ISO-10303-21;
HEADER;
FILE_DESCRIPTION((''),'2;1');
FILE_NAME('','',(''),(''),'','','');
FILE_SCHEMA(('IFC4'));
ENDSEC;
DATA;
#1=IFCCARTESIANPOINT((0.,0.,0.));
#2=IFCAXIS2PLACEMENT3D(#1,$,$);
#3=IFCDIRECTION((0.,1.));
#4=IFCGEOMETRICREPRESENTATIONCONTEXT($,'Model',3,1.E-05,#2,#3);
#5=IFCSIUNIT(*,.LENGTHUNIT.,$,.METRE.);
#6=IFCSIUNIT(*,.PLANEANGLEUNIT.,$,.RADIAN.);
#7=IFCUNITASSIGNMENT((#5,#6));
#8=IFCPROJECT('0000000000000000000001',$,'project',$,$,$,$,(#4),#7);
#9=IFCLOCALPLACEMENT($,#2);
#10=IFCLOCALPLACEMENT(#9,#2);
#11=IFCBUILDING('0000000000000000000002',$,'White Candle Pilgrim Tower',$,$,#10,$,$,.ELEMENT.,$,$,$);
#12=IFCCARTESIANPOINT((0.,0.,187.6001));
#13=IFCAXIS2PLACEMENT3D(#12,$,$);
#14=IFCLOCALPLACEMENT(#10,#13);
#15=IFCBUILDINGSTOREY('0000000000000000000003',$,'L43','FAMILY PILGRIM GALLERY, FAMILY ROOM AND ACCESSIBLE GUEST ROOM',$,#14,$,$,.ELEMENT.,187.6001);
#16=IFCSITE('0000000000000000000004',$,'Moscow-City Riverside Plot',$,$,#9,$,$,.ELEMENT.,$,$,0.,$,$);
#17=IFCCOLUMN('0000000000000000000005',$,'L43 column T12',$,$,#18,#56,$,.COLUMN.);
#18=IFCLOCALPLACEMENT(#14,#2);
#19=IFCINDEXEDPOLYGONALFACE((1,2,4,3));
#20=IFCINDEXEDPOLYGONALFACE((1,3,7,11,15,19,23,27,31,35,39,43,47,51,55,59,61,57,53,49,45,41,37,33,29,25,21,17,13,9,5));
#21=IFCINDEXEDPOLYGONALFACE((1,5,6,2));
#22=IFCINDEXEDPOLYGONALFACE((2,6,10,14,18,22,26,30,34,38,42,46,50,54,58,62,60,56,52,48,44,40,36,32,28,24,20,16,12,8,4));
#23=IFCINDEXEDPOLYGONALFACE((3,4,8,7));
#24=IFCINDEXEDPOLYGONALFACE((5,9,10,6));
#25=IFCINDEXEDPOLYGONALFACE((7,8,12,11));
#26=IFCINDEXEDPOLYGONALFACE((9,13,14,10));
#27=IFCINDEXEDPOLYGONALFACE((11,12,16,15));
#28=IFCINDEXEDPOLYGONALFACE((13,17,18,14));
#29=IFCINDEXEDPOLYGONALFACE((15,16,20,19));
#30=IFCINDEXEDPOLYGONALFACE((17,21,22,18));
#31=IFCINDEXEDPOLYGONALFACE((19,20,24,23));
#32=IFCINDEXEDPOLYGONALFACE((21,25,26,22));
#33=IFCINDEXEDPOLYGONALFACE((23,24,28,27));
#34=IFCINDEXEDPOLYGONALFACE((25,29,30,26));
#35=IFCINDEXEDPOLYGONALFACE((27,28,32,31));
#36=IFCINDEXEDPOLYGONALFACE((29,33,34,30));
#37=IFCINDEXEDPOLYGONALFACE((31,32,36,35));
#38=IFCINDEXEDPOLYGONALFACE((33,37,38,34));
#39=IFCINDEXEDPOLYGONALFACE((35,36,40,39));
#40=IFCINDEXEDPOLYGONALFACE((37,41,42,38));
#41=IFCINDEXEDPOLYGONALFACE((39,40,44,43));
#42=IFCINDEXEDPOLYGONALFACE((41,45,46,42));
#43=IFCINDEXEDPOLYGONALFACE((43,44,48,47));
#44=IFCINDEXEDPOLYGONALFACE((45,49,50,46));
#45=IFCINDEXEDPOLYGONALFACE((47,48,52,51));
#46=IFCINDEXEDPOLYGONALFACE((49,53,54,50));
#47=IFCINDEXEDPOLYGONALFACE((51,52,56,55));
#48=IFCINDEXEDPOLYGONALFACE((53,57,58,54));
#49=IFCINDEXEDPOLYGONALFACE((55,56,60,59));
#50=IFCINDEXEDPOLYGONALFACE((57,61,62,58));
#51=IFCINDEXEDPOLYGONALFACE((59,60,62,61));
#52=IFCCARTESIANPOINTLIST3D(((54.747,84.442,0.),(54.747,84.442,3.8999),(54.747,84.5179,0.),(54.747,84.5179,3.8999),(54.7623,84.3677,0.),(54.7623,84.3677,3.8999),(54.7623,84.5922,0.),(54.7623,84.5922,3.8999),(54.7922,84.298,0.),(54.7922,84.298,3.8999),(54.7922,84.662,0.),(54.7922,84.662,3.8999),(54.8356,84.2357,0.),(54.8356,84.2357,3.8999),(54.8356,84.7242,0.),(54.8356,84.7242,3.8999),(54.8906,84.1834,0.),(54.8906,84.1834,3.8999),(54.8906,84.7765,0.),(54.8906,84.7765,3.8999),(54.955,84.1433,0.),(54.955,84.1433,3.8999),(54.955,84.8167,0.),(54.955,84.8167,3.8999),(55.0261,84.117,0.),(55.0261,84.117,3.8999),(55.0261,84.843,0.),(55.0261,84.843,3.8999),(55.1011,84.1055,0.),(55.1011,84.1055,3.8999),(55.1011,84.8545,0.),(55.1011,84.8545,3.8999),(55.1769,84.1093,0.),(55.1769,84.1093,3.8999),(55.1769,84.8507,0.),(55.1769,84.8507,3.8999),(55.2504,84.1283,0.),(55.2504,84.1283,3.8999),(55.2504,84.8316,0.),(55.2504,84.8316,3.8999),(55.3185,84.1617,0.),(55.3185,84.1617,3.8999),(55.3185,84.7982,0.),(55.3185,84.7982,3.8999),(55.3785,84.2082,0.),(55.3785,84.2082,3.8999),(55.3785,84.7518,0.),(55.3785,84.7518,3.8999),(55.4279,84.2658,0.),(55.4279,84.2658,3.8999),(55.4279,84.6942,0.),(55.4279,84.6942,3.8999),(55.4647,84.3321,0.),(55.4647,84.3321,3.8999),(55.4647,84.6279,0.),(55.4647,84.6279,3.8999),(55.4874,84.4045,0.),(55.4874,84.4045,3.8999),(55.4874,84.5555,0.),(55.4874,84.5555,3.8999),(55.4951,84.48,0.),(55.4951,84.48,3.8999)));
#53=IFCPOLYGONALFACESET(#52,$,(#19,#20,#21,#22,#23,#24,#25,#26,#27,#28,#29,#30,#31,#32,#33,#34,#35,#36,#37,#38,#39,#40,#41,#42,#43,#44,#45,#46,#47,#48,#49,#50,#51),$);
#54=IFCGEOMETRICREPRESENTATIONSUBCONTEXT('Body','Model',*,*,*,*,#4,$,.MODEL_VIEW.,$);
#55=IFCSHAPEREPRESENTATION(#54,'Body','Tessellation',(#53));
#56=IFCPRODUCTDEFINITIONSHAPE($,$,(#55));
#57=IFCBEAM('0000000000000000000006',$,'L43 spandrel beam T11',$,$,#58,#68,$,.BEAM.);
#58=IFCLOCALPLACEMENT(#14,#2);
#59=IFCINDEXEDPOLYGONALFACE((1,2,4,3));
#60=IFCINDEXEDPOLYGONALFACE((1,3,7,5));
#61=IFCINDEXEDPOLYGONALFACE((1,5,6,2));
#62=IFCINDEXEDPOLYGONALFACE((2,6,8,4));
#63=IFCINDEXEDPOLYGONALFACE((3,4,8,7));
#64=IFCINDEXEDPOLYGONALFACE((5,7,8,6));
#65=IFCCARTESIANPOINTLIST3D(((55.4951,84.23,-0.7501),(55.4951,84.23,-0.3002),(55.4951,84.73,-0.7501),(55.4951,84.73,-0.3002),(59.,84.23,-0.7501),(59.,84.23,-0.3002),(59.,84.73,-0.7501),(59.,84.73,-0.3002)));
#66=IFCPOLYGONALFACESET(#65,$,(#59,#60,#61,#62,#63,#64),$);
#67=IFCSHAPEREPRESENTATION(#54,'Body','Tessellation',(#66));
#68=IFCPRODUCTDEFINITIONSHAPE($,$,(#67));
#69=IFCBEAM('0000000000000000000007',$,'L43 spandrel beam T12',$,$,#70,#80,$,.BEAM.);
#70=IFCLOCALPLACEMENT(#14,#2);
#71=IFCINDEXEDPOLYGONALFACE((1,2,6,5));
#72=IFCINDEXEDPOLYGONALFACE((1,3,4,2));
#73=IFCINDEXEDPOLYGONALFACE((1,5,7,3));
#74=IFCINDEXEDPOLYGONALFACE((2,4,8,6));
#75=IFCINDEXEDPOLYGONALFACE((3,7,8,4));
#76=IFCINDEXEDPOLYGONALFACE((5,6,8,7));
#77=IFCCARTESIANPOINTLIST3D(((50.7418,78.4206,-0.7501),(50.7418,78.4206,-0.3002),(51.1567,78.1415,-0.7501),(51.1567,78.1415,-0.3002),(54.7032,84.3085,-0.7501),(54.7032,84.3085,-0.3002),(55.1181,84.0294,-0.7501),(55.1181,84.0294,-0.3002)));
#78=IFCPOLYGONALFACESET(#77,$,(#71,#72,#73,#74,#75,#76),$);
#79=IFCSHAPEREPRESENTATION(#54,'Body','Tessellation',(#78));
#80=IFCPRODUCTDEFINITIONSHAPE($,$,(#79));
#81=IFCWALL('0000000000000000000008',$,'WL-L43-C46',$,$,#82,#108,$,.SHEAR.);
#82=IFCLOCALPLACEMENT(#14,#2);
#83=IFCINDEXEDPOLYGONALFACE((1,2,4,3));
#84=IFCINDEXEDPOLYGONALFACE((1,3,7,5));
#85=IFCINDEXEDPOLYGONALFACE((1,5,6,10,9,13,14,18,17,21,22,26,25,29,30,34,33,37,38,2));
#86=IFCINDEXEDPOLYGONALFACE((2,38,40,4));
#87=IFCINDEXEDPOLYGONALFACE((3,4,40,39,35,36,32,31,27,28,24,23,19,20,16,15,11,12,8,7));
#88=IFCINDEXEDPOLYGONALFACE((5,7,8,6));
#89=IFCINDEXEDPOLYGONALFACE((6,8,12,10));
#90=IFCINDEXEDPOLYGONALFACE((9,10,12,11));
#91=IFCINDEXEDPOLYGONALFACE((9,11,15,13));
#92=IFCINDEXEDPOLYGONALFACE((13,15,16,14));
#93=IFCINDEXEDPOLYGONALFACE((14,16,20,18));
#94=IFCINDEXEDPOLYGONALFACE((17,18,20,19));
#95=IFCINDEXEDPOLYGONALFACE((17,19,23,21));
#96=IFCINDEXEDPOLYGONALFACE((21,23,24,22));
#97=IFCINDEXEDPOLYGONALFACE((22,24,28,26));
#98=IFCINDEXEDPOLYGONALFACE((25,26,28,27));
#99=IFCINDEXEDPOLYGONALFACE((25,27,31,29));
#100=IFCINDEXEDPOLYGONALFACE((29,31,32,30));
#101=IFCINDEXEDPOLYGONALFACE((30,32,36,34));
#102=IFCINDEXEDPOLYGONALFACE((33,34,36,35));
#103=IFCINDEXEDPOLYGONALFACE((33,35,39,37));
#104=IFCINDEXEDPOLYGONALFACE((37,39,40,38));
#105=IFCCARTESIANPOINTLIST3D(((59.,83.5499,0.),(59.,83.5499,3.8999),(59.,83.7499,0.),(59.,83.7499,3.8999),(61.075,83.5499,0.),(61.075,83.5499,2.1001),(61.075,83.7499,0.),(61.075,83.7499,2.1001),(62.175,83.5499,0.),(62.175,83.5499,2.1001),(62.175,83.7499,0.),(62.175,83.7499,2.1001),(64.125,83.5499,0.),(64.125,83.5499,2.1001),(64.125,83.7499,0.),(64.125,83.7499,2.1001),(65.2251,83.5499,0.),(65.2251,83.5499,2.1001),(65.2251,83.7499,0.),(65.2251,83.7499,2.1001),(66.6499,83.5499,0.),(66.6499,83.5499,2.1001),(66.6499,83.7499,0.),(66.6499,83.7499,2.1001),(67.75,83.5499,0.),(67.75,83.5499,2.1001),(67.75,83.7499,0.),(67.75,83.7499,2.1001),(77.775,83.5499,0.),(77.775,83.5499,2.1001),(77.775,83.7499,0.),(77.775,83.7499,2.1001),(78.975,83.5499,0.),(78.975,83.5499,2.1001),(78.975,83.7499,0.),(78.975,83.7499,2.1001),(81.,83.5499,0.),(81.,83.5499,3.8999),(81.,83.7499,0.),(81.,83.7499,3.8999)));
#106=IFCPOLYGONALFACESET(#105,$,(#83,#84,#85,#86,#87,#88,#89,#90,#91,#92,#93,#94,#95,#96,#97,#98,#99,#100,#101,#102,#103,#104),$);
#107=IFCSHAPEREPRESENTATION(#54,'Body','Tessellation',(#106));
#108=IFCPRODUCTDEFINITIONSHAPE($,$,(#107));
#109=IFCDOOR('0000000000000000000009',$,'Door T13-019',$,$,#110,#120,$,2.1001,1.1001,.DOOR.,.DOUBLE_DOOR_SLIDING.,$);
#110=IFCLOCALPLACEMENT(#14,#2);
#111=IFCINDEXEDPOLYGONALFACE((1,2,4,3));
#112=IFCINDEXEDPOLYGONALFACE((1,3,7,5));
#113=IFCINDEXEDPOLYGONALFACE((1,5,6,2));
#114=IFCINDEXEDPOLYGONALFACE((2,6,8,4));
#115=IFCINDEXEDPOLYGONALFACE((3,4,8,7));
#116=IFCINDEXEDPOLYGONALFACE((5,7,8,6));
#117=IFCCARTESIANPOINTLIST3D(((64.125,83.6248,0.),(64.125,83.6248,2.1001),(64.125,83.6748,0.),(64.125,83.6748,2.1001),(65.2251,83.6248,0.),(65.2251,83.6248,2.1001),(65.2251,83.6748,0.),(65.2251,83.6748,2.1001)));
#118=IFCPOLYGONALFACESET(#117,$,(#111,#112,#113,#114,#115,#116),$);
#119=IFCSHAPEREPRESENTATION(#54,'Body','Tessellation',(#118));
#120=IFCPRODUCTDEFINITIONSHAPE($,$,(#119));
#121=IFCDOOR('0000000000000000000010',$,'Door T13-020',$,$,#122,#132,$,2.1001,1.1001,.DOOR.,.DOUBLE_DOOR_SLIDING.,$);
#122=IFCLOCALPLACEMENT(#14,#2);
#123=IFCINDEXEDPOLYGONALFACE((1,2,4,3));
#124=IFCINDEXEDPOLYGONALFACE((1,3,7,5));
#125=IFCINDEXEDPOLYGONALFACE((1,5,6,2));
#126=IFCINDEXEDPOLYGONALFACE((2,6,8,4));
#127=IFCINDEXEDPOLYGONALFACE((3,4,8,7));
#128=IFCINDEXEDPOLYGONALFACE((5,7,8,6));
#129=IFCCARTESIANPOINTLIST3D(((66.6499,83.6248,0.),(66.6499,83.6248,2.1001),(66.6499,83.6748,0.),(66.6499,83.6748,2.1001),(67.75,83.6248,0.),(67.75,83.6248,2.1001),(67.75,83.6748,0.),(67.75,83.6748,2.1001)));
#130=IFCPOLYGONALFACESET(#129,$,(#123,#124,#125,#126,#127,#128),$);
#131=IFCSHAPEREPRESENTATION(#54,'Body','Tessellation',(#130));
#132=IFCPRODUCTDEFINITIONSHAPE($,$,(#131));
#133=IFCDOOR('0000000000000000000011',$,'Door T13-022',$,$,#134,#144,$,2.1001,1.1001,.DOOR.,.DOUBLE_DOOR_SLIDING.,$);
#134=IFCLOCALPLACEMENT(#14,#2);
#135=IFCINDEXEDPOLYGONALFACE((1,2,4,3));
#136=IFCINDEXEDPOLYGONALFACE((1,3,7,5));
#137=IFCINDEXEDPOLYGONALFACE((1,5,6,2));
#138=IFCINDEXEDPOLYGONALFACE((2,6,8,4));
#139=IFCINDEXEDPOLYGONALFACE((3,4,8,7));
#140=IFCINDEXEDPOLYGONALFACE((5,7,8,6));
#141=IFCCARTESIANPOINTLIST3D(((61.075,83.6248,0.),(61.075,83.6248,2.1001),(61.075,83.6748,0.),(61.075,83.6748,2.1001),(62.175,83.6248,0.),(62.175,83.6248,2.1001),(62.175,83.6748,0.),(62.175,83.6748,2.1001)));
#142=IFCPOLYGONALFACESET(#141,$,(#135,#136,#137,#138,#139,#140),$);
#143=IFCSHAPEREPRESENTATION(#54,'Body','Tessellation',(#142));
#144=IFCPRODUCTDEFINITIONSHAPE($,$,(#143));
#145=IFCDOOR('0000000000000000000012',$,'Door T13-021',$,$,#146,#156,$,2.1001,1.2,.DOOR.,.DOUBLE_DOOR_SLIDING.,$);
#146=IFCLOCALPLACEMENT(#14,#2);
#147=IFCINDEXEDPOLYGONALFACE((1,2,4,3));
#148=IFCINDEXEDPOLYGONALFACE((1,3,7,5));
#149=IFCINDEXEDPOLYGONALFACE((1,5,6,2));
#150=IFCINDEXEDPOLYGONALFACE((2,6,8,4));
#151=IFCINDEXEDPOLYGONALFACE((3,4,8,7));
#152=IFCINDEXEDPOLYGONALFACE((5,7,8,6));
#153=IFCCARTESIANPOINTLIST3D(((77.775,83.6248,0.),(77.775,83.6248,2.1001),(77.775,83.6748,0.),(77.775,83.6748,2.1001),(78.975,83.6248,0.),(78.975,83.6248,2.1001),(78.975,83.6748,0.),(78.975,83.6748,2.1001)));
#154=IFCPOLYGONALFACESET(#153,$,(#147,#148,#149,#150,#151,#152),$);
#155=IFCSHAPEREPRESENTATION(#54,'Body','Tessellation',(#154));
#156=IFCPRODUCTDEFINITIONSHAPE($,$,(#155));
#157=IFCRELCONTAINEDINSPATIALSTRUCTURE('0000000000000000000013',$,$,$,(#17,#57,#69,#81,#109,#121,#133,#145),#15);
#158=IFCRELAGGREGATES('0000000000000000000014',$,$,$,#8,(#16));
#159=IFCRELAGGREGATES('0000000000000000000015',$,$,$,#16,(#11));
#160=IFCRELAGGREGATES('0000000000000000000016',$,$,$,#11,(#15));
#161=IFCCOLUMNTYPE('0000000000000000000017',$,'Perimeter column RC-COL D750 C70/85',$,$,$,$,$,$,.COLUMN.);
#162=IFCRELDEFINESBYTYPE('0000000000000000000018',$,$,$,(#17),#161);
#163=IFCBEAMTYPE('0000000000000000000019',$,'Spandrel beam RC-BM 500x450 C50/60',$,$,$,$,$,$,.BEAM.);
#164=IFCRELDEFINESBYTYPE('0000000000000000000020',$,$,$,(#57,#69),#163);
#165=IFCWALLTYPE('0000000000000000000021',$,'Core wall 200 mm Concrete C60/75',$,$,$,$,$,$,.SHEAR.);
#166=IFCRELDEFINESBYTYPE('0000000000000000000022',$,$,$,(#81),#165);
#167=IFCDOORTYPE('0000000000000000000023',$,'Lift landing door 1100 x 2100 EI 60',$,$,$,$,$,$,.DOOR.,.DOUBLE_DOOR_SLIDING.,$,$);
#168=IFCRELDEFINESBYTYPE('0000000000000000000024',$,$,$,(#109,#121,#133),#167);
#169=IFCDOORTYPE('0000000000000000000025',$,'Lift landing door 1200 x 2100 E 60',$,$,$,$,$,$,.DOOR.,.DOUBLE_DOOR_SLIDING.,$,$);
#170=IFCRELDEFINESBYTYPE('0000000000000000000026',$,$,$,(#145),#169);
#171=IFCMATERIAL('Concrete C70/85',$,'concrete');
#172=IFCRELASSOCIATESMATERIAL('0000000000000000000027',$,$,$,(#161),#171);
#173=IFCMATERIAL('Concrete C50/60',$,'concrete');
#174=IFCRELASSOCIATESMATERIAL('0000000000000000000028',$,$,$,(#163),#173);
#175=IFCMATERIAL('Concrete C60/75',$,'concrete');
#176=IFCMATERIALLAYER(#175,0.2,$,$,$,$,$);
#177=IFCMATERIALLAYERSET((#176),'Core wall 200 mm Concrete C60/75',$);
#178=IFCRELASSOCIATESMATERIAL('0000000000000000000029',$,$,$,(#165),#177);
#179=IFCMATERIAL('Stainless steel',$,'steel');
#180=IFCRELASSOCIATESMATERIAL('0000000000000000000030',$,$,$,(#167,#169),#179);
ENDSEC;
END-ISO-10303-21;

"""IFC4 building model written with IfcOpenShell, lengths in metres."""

from ifc_helpers import new_model, si_unit, direction, frame, frame_2d, origin, origin_2d, place, context, subcontext, project, spatial, rectangle, circle, extrude, material, layer, layer_set, material_profile, profile_set, type_object, element, fill, save


model = new_model("IFC4")

# Units and contexts
model_context = context("Model", 3, precision=1e-05, world=origin(), true_north=direction((0.0, 1.0)))
body_context = subcontext(model_context, "Body", "Model", "MODEL_VIEW")
ifc_project = project(units=[si_unit("LENGTHUNIT", "METRE"), si_unit("PLANEANGLEUNIT", "RADIAN")], contexts=[model_context])

# Site, building, storey
site_placement = place(None, origin())
site = spatial("IfcSite", under=ifc_project, at=site_placement, Name="Moscow-City Riverside Plot", CompositionType="ELEMENT", RefElevation=0.0)
building_placement = place(site_placement, origin())
building = spatial("IfcBuilding", under=site, at=building_placement, Name="White Candle Pilgrim Tower", CompositionType="ELEMENT")
storey_placement = place(building_placement, frame((0.0, 0.0, 187.6001)))
storey = spatial("IfcBuildingStorey", under=building, at=storey_placement, Name="L43", Description="FAMILY PILGRIM GALLERY, FAMILY ROOM AND ACCESSIBLE GUEST ROOM", CompositionType="ELEMENT", Elevation=187.6001)

# Column
ifc_material_1 = material(Name="Concrete C70/85", Category="concrete")
ifc_material_profile_1 = material_profile(ifc_material_1, circle(Radius=0.375, at=origin_2d()), Name="RC-COL D750")
ifc_profile_set_1 = profile_set([ifc_material_profile_1], Name="Concrete C70/85")
column_type = type_object("IfcColumnType", Name="Perimeter column RC-COL D750 C70/85", PredefinedType="COLUMN", material=ifc_profile_set_1)
column_placement = place(storey_placement, frame((55.1201, 84.48, 0.0), z_axis=(0.0, 0.0, 1.0), x_axis=(1.0, 0.0, 0.0)))
element("IfcColumn", 1, at=column_placement, inside=storey, type_object=column_type, Name="L43 column T12", PredefinedType="COLUMN", context=body_context, shape_type="SweptSolid", body=[
    extrude(circle(Radius=0.375, at=origin_2d()), origin(), (0.0, 0.0, 1.0), 3.8999),
])

# Beams
ifc_material_2 = material(Name="Concrete C50/60", Category="concrete")
ifc_material_profile_2 = material_profile(ifc_material_2, rectangle(XDim=0.5, YDim=0.45, at=origin_2d()), Name="RC-BM 500x450")
ifc_profile_set_2 = profile_set([ifc_material_profile_2], Name="Concrete C50/60")
beam_type = type_object("IfcBeamType", Name="Spandrel beam RC-BM 500x450 C50/60", PredefinedType="BEAM", material=ifc_profile_set_2)
beam_1_placement = place(storey_placement, frame((55.4951, 84.48, -0.5251), z_axis=(1.0, 0.0, 0.0), x_axis=(0.0, 1.0, 0.0)))
element("IfcBeam", 2, at=beam_1_placement, inside=storey, type_object=beam_type, Name="L43 spandrel beam T11", PredefinedType="BEAM", context=body_context, shape_type="SweptSolid", body=[
    extrude(rectangle(XDim=0.5, YDim=0.45, at=origin_2d()), origin(), (0.0, 0.0, 1.0), 3.5049),
])
beam_2_placement = place(storey_placement, frame((54.9106, 84.1689, -0.5251), z_axis=(-0.55822, -0.829693, 0.0), x_axis=(0.829693, -0.55822, 0.0)))
element("IfcBeam", 3, at=beam_2_placement, inside=storey, type_object=beam_type, Name="L43 spandrel beam T12", PredefinedType="BEAM", context=body_context, shape_type="SweptSolid", body=[
    extrude(rectangle(XDim=0.5, YDim=0.45, at=origin_2d()), origin(), (0.0, 0.0, 1.0), 7.0964),
])

# Wall, openings, doors
ifc_material_3 = material(Name="Concrete C60/75", Category="concrete")
ifc_layer_1 = layer(ifc_material_3, 0.2)
ifc_layer_set_1 = layer_set([ifc_layer_1], Name="Core wall 200 mm Concrete C60/75")
wall_type_1 = type_object("IfcWallType", Name="Core wall 200 mm Concrete C60/75", PredefinedType="SHEAR", material=ifc_layer_set_1)
wall_1_placement = place(storey_placement, frame((59.0, 83.6499, 0.0), z_axis=(0.0, 0.0, 1.0), x_axis=(1.0, 0.0, 0.0)))
wall_1 = element("IfcWall", 4, at=wall_1_placement, inside=storey, type_object=wall_type_1, Name="WL-L43-C46", PredefinedType="SHEAR", context=body_context, shape_type="SweptSolid", body=[
    extrude(rectangle(XDim=22.0, YDim=0.2, at=frame_2d((11.0, 0.0))), origin(), (0.0, 0.0, 1.0), 3.8999),
])
opening_1_placement = place(wall_1_placement, frame((5.125, 0.0, 0.0)))
opening_1 = element("IfcOpeningElement", 5, at=opening_1_placement, cuts=wall_1, PredefinedType="OPENING", context=body_context, shape_type="SweptSolid", body=[
    extrude(rectangle(XDim=1.1001, YDim=2.1001, at=frame_2d((0.55, 1.05))), frame((0.0, 0.1099, 0.0), z_axis=(0.0, -1.0, 0.0), x_axis=(1.0, 0.0, 0.0)), (0.0, 0.0, 1.0), 0.22),
])
opening_2_placement = place(wall_1_placement, frame((7.6499, 0.0, 0.0)))
opening_2 = element("IfcOpeningElement", 6, at=opening_2_placement, cuts=wall_1, PredefinedType="OPENING", context=body_context, shape_type="SweptSolid", body=[
    extrude(rectangle(XDim=1.1001, YDim=2.1001, at=frame_2d((0.55, 1.05))), frame((0.0, 0.1099, 0.0), z_axis=(0.0, -1.0, 0.0), x_axis=(1.0, 0.0, 0.0)), (0.0, 0.0, 1.0), 0.22),
])
opening_3_placement = place(wall_1_placement, frame((18.7749, 0.0, 0.0)))
opening_3 = element("IfcOpeningElement", 7, at=opening_3_placement, cuts=wall_1, PredefinedType="OPENING", context=body_context, shape_type="SweptSolid", body=[
    extrude(rectangle(XDim=1.2, YDim=2.1001, at=frame_2d((0.6001, 1.05))), frame((0.0, 0.1099, 0.0), z_axis=(0.0, -1.0, 0.0), x_axis=(1.0, 0.0, 0.0)), (0.0, 0.0, 1.0), 0.22),
])
opening_4_placement = place(wall_1_placement, frame((2.075, 0.0, 0.0)))
opening_4 = element("IfcOpeningElement", 8, at=opening_4_placement, cuts=wall_1, PredefinedType="OPENING", context=body_context, shape_type="SweptSolid", body=[
    extrude(rectangle(XDim=1.1001, YDim=2.1001, at=frame_2d((0.55, 1.05))), frame((0.0, 0.1099, 0.0), z_axis=(0.0, -1.0, 0.0), x_axis=(1.0, 0.0, 0.0)), (0.0, 0.0, 1.0), 0.22),
])
ifc_material_4 = material(Name="Stainless steel", Category="steel")
door_type_1 = type_object("IfcDoorType", Name="Lift landing door 1100 x 2100 EI 60", OperationType="DOUBLE_DOOR_SLIDING", PredefinedType="DOOR", material=ifc_material_4)
door_1_placement = place(opening_1_placement, origin())
door_1 = element("IfcDoor", 9, at=door_1_placement, inside=storey, type_object=door_type_1, Name="Door T13-019", OperationType="DOUBLE_DOOR_SLIDING", OverallHeight=2.1001, OverallWidth=1.1001, PredefinedType="DOOR", context=body_context, shape_type="SweptSolid", body=[
    extrude(rectangle(XDim=1.1001, YDim=2.1001, at=frame_2d((0.55, 1.05))), frame((0.0, 0.0249, 0.0), z_axis=(0.0, -1.0, 0.0), x_axis=(1.0, 0.0, 0.0)), (0.0, 0.0, 1.0), 0.05),
])
fill(opening_1, door_1)
door_2_placement = place(opening_2_placement, origin())
door_2 = element("IfcDoor", 10, at=door_2_placement, inside=storey, type_object=door_type_1, Name="Door T13-020", OperationType="DOUBLE_DOOR_SLIDING", OverallHeight=2.1001, OverallWidth=1.1001, PredefinedType="DOOR", context=body_context, shape_type="SweptSolid", body=[
    extrude(rectangle(XDim=1.1001, YDim=2.1001, at=frame_2d((0.55, 1.05))), frame((0.0, 0.0249, 0.0), z_axis=(0.0, -1.0, 0.0), x_axis=(1.0, 0.0, 0.0)), (0.0, 0.0, 1.0), 0.05),
])
fill(opening_2, door_2)
door_3_placement = place(opening_4_placement, origin())
door_3 = element("IfcDoor", 11, at=door_3_placement, inside=storey, type_object=door_type_1, Name="Door T13-022", OperationType="DOUBLE_DOOR_SLIDING", OverallHeight=2.1001, OverallWidth=1.1001, PredefinedType="DOOR", context=body_context, shape_type="SweptSolid", body=[
    extrude(rectangle(XDim=1.1001, YDim=2.1001, at=frame_2d((0.55, 1.05))), frame((0.0, 0.0249, 0.0), z_axis=(0.0, -1.0, 0.0), x_axis=(1.0, 0.0, 0.0)), (0.0, 0.0, 1.0), 0.05),
])
fill(opening_4, door_3)
door_type_2 = type_object("IfcDoorType", Name="Lift landing door 1200 x 2100 E 60", OperationType="DOUBLE_DOOR_SLIDING", PredefinedType="DOOR", material=ifc_material_4)
door_4_placement = place(opening_3_placement, origin())
door_4 = element("IfcDoor", 12, at=door_4_placement, inside=storey, type_object=door_type_2, Name="Door T13-021", OperationType="DOUBLE_DOOR_SLIDING", OverallHeight=2.1001, OverallWidth=1.2, PredefinedType="DOOR", context=body_context, shape_type="SweptSolid", body=[
    extrude(rectangle(XDim=1.2, YDim=2.1001, at=frame_2d((0.6001, 1.05))), frame((0.0, 0.0249, 0.0), z_axis=(0.0, -1.0, 0.0), x_axis=(1.0, 0.0, 0.0)), (0.0, 0.0, 1.0), 0.05),
])
fill(opening_3, door_4)

save(model, "model.ifc")
